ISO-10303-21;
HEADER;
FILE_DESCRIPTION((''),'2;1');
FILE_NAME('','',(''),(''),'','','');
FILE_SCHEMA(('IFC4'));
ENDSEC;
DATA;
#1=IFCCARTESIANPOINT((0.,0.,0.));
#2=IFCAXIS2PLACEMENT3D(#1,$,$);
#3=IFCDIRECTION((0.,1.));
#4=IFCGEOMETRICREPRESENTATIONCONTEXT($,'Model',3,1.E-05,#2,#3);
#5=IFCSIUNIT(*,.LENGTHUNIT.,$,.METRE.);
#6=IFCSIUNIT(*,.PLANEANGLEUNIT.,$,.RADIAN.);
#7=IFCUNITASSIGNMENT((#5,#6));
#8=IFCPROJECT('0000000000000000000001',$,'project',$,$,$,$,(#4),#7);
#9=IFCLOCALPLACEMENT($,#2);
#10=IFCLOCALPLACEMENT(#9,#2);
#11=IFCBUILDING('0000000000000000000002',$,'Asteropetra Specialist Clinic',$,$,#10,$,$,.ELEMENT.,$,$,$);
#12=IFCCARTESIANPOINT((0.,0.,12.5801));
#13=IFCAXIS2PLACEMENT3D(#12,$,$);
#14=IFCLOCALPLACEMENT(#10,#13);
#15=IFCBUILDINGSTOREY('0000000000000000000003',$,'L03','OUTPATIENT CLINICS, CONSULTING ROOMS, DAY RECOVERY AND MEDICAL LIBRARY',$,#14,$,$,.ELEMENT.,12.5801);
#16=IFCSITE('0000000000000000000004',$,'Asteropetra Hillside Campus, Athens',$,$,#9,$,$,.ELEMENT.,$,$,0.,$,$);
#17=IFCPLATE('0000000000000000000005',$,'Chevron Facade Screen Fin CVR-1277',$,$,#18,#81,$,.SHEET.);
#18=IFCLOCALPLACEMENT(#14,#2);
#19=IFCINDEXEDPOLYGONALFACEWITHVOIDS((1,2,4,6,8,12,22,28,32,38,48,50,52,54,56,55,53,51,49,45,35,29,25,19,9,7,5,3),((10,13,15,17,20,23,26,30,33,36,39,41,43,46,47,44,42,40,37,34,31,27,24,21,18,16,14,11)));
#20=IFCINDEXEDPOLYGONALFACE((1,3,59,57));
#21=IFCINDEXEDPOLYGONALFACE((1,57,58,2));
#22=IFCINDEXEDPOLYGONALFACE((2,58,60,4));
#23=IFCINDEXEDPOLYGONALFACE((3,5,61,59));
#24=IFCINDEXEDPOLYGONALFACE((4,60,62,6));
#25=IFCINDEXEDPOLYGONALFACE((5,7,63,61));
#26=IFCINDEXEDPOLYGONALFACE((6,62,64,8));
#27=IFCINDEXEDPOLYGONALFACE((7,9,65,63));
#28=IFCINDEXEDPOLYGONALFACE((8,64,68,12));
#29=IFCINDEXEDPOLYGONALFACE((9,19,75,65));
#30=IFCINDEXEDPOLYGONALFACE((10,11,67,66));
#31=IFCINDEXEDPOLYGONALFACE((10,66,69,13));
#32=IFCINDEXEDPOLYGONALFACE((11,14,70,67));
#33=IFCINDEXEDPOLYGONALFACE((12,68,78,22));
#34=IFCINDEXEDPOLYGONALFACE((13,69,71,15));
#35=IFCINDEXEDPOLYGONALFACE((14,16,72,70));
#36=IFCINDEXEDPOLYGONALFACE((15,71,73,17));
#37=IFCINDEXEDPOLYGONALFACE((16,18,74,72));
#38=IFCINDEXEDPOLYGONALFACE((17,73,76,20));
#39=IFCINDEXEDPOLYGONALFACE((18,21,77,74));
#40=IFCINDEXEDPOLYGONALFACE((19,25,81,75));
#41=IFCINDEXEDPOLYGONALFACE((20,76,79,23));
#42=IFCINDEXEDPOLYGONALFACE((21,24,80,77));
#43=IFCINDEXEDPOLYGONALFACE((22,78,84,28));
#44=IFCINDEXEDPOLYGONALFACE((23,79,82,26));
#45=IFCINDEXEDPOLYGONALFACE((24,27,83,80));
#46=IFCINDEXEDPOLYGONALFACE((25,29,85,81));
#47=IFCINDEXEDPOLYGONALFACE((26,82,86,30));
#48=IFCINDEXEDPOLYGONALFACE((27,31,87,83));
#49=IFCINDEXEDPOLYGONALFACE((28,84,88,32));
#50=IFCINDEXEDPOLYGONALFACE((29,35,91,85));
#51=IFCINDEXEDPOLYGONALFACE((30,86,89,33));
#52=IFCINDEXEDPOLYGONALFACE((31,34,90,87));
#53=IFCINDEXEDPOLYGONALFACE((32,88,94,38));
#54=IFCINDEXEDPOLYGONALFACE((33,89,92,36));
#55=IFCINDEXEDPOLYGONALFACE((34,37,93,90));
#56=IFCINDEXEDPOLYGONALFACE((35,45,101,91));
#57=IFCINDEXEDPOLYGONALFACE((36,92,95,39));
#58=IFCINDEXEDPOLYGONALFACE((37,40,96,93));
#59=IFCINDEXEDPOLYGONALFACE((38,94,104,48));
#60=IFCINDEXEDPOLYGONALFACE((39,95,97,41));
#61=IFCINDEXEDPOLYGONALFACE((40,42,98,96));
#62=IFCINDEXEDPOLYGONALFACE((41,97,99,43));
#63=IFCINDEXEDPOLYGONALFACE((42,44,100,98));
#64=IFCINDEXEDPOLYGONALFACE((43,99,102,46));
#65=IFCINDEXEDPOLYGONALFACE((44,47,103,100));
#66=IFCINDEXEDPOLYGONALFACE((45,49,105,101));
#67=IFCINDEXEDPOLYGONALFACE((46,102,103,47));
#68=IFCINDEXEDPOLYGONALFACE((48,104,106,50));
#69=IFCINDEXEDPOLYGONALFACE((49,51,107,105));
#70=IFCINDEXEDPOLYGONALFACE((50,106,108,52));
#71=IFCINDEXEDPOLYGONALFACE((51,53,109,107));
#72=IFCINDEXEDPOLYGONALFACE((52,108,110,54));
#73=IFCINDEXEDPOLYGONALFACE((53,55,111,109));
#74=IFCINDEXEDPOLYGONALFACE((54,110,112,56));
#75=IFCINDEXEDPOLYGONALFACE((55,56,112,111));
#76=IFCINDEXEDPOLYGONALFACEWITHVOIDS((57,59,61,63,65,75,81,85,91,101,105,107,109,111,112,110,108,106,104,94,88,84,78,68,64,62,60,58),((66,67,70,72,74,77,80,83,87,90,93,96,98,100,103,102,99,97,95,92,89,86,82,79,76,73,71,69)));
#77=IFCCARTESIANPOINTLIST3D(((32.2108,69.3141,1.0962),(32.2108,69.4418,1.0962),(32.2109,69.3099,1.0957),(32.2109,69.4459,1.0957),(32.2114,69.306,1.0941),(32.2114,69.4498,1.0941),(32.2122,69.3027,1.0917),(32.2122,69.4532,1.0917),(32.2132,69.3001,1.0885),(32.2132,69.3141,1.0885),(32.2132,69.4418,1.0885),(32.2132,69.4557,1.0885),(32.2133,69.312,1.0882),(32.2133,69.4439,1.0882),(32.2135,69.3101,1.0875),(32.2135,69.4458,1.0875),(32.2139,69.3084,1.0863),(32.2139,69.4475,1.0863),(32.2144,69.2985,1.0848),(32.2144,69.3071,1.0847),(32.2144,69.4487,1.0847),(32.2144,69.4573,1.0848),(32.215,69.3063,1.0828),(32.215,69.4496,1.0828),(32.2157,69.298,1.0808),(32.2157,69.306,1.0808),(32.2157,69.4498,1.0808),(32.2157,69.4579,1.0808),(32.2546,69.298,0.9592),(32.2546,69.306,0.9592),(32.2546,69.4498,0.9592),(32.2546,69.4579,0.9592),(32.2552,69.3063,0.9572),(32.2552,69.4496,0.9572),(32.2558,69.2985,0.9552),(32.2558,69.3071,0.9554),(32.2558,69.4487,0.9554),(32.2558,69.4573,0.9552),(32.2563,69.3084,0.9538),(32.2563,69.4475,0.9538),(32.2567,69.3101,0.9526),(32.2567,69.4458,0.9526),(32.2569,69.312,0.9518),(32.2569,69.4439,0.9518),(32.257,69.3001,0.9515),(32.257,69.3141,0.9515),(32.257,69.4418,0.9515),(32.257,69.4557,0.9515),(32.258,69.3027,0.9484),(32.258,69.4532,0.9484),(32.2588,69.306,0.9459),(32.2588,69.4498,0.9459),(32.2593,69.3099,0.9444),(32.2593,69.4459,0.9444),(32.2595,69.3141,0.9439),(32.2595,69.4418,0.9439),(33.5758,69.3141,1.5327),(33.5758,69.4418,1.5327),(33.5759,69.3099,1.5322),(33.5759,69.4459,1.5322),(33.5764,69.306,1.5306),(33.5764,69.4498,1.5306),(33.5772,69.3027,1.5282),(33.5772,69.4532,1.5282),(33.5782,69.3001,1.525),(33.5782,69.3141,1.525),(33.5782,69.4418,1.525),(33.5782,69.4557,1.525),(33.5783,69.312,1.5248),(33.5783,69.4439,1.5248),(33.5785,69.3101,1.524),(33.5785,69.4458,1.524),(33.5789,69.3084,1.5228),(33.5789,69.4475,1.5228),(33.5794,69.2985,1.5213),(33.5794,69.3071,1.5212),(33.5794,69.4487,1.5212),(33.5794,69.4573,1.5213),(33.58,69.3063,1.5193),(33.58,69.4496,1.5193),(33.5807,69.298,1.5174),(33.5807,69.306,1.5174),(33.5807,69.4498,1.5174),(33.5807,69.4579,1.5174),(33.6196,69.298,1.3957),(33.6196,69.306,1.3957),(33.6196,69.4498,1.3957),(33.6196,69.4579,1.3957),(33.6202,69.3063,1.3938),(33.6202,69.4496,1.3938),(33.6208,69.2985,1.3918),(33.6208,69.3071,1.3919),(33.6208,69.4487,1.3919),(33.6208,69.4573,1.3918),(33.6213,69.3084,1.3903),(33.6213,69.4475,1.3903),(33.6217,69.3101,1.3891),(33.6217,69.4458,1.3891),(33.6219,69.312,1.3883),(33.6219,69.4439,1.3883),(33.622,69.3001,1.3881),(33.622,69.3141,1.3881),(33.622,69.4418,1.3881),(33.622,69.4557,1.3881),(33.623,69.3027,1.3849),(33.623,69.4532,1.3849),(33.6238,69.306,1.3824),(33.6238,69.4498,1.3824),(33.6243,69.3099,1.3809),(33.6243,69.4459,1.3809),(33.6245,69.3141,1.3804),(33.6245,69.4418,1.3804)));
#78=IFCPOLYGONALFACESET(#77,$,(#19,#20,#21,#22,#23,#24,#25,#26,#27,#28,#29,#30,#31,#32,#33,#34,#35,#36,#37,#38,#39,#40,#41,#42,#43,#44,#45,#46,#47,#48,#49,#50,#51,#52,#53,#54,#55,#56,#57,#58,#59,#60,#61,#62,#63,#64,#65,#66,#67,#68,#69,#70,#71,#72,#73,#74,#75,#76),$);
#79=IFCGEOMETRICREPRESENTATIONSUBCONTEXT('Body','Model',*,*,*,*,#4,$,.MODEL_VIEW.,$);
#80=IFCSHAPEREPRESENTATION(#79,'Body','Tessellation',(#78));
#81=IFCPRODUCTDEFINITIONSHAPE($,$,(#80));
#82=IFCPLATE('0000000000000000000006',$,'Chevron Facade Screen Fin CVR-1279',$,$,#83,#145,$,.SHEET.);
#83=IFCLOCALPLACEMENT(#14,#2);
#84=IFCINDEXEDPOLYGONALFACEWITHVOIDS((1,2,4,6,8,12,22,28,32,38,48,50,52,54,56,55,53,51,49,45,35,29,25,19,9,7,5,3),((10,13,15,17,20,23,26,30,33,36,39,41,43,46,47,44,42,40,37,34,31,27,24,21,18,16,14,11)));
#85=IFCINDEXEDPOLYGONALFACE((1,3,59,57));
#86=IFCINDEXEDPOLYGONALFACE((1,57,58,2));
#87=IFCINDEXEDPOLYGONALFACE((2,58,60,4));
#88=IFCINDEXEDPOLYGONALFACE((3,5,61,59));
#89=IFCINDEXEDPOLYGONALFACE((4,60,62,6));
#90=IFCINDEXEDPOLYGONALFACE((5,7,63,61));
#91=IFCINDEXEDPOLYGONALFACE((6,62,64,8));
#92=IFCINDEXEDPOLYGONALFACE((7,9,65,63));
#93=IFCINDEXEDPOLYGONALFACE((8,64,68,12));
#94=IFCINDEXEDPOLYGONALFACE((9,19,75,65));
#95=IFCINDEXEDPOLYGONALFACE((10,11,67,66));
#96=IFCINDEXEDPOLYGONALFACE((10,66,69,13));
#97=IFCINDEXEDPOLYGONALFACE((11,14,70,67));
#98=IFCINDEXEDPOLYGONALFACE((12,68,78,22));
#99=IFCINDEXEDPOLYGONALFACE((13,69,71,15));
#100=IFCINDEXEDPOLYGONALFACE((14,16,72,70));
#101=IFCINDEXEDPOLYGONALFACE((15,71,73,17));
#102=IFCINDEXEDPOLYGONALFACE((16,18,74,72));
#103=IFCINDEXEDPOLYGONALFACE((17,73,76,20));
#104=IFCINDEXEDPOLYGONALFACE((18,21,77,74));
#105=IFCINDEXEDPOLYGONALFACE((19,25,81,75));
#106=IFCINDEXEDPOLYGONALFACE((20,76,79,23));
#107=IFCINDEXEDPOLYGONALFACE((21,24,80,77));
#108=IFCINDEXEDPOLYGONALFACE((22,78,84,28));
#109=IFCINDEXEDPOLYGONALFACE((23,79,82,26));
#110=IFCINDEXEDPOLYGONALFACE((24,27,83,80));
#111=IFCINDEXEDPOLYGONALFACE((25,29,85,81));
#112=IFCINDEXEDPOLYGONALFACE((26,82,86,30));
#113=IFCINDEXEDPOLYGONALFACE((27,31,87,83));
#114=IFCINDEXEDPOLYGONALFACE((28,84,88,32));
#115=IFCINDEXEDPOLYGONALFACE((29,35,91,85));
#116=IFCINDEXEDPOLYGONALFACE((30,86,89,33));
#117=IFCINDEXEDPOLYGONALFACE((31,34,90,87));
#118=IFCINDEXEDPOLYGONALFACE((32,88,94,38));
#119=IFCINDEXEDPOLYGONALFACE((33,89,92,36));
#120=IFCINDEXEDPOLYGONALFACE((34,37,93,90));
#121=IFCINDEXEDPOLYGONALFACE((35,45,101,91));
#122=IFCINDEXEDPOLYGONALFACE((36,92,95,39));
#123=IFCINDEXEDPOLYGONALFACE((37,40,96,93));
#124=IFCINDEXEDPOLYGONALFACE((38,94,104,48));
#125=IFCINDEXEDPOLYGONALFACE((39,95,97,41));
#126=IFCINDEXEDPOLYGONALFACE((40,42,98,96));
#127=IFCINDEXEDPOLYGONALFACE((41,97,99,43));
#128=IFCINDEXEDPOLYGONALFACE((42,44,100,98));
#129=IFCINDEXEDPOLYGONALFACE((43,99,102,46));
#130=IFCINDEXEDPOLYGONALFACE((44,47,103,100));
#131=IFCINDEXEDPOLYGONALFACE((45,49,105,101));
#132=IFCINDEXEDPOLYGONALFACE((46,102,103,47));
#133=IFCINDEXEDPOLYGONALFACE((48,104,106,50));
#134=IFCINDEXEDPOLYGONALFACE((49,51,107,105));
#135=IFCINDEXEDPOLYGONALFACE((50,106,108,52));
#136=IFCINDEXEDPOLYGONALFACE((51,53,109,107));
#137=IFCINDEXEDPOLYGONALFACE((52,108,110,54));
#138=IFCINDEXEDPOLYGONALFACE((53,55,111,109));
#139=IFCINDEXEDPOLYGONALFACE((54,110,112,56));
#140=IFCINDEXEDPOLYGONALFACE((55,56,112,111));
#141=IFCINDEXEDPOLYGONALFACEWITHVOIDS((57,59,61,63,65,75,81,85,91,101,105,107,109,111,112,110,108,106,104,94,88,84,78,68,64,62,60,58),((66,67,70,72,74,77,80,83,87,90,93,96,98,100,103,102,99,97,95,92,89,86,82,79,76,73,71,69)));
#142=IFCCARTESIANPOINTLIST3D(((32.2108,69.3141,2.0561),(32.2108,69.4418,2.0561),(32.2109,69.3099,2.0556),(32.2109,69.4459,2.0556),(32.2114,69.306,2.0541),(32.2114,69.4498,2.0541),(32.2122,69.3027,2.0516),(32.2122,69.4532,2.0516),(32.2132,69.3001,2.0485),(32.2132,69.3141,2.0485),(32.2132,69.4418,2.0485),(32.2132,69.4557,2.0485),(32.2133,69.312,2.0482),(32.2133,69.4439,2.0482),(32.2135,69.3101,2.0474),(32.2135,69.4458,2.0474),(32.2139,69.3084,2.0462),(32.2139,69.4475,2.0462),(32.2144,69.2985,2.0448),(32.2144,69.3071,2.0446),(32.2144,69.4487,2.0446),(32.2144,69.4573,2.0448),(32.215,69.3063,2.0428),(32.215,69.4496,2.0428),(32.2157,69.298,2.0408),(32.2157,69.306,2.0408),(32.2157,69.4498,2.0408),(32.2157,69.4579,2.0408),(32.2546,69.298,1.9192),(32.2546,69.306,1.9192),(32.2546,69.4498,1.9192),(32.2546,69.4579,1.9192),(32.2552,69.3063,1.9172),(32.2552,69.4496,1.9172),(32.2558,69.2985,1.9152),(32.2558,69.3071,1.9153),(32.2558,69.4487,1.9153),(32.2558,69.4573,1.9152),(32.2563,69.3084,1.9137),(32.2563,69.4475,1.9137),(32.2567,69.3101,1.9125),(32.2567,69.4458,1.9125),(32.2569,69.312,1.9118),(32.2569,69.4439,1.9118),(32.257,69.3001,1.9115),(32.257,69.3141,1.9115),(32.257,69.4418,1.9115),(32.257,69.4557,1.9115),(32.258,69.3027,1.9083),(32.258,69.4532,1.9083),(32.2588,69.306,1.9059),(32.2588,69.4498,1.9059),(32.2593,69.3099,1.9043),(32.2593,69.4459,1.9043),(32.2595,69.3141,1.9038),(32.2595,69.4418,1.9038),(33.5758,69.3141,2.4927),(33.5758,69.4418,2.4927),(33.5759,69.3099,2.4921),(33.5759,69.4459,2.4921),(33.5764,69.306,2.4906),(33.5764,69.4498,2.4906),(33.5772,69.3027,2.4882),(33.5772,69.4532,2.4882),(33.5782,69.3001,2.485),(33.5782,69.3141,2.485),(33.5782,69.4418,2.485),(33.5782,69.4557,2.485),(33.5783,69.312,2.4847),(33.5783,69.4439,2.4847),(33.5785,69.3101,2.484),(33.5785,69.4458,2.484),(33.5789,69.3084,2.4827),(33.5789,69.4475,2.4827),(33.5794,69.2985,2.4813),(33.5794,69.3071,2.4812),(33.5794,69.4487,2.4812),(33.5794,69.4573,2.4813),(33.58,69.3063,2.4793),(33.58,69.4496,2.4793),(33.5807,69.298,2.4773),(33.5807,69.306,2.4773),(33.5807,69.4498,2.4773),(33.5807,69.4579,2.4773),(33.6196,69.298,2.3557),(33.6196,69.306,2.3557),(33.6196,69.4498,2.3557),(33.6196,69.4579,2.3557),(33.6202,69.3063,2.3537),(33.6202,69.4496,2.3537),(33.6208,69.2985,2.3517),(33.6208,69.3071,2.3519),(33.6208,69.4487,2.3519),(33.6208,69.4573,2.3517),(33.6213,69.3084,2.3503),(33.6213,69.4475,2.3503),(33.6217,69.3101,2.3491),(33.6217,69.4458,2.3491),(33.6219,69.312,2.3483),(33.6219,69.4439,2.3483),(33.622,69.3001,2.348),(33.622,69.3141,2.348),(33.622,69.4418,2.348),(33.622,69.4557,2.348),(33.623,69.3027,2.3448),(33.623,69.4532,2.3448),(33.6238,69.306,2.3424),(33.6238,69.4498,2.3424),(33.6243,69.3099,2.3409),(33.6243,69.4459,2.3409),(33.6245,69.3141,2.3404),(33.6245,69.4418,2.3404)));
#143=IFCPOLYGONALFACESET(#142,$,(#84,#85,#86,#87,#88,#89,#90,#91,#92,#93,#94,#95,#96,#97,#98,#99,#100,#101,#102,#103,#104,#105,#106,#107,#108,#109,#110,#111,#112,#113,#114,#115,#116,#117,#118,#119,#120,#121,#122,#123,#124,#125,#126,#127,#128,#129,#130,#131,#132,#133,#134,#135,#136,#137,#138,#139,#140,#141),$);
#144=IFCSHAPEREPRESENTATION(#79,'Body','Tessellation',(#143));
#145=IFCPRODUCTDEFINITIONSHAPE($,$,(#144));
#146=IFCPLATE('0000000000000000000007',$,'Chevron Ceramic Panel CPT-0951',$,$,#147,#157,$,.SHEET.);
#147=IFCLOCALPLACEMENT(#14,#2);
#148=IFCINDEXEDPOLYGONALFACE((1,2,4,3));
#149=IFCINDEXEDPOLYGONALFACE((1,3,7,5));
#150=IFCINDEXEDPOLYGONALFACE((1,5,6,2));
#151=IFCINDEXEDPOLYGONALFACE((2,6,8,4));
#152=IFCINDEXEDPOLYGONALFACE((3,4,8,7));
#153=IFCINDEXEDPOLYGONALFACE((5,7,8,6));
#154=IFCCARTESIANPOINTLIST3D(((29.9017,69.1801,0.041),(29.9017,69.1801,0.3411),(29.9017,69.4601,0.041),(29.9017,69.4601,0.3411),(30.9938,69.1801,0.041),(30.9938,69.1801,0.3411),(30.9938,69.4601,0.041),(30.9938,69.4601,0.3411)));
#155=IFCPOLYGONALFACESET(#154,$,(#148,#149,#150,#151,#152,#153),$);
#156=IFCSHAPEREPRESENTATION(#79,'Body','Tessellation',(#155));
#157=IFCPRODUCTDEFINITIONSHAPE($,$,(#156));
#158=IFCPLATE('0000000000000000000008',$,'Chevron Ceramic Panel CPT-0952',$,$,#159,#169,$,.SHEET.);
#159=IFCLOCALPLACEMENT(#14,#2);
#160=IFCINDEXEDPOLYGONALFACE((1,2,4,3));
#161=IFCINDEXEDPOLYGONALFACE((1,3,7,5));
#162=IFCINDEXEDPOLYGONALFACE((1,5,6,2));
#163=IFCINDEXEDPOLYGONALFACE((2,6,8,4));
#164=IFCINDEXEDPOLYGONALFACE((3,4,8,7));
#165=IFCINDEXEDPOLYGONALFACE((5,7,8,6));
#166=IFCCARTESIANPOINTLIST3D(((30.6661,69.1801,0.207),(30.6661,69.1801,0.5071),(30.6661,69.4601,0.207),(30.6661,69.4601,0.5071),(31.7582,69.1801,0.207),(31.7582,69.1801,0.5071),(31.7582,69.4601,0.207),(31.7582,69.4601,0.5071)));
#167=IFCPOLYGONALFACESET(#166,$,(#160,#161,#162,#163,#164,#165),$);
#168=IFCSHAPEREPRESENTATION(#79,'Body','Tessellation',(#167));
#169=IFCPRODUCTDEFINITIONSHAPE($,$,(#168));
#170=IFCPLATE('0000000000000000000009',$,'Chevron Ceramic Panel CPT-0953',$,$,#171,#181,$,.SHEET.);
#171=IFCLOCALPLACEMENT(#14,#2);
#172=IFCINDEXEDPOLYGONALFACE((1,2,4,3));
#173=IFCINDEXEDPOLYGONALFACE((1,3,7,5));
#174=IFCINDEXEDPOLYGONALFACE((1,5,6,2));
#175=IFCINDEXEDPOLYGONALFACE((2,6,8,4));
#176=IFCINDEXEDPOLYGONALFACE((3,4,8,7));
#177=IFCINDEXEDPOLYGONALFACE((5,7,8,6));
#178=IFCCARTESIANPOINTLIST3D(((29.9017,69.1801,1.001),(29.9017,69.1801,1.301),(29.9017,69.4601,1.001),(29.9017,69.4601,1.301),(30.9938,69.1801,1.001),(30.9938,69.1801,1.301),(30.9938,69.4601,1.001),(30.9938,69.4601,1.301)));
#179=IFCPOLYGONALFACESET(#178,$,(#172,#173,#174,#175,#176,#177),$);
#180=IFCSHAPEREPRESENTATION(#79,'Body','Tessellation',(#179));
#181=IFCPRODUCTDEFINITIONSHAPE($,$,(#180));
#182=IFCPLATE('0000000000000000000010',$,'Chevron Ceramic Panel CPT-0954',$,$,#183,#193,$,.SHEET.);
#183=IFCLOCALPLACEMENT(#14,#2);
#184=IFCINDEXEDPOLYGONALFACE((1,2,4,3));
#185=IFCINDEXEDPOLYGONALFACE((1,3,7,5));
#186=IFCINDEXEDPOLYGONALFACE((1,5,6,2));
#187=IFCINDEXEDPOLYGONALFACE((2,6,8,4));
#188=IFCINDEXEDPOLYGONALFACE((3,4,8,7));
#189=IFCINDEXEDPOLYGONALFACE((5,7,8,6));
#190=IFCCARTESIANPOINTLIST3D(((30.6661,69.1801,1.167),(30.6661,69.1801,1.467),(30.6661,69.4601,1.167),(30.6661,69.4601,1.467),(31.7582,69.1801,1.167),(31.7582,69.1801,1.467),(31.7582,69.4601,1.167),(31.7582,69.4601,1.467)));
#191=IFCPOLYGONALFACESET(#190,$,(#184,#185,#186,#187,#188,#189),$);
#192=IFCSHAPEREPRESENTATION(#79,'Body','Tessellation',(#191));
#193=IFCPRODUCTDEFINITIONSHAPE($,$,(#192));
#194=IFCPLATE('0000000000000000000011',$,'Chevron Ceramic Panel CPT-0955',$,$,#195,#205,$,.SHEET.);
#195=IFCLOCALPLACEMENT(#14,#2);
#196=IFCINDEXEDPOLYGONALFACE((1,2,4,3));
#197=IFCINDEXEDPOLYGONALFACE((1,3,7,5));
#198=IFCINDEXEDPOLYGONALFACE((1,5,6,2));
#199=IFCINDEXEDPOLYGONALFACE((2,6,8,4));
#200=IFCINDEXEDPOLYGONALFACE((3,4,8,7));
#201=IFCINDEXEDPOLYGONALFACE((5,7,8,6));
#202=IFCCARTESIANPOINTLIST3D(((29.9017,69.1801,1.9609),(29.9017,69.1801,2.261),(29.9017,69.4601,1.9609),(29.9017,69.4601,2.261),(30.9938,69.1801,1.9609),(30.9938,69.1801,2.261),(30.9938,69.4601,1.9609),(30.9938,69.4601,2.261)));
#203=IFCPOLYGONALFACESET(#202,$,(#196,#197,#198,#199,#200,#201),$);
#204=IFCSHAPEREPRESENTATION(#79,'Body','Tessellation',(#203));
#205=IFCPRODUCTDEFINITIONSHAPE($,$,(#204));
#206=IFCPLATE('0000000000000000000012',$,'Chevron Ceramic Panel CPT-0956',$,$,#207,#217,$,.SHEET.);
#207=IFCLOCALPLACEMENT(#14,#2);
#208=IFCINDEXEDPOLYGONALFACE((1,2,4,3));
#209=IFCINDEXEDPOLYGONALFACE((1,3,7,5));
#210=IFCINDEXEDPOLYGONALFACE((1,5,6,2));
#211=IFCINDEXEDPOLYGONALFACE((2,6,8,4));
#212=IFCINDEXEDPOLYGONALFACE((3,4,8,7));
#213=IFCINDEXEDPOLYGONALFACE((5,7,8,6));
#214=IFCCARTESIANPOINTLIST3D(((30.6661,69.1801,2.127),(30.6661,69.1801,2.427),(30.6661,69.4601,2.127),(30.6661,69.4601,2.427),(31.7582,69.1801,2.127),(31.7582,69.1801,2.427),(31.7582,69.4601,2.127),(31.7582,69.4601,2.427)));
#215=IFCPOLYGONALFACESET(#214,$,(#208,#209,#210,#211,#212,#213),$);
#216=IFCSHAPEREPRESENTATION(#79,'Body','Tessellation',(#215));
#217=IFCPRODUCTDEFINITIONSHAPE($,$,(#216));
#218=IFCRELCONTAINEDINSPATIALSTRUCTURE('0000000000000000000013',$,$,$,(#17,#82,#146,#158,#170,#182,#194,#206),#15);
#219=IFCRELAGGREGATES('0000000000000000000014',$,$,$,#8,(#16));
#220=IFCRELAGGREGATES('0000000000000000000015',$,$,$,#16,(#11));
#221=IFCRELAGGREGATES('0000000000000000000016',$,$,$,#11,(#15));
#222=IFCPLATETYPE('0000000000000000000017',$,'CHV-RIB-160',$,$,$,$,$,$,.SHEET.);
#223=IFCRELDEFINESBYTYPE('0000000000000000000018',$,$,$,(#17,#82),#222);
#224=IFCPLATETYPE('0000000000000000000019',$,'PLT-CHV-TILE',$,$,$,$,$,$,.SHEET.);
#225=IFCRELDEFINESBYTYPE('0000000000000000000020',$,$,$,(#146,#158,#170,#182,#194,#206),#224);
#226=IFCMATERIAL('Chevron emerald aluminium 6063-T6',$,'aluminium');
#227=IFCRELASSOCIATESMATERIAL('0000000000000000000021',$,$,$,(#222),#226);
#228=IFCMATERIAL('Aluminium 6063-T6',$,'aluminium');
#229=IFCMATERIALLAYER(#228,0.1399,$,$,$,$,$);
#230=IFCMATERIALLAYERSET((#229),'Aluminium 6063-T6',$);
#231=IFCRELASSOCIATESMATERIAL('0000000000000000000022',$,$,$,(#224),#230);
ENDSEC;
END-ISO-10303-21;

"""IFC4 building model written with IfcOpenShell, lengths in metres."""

from ifc_helpers import new_model, si_unit, direction, frame, origin, origin_2d, place, context, subcontext, project, spatial, rectangle, hollow_rectangle, extrude, material, layer, layer_set, material_profile, profile_set, type_object, element, save


model = new_model("IFC4")

# Units and contexts
model_context = context("Model", 3, precision=1e-05, world=origin(), true_north=direction((0.0, 1.0)))
body_context = subcontext(model_context, "Body", "Model", "MODEL_VIEW")
ifc_project = project(units=[si_unit("LENGTHUNIT", "METRE"), si_unit("PLANEANGLEUNIT", "RADIAN")], contexts=[model_context])

# Site, building, storey
site_placement = place(None, origin())
site = spatial("IfcSite", under=ifc_project, at=site_placement, Name="Asteropetra Hillside Campus, Athens", CompositionType="ELEMENT", RefElevation=0.0)
building_placement = place(site_placement, origin())
building = spatial("IfcBuilding", under=site, at=building_placement, Name="Asteropetra Specialist Clinic", CompositionType="ELEMENT")
storey_placement = place(building_placement, frame((0.0, 0.0, 12.5801)))
storey = spatial("IfcBuildingStorey", under=building, at=storey_placement, Name="L03", Description="OUTPATIENT CLINICS, CONSULTING ROOMS, DAY RECOVERY AND MEDICAL LIBRARY", CompositionType="ELEMENT", Elevation=12.5801)

# Plates
ifc_material_1 = material(Name="Chevron emerald aluminium 6063-T6", Category="aluminium")
ifc_material_profile_1 = material_profile(ifc_material_1, hollow_rectangle(XDim=0.1599, YDim=0.1599, WallThickness=0.0081, InnerFilletRadius=0.0081, OuterFilletRadius=0.0161, at=origin_2d()), Name="SHS 160x160x8.0")
ifc_profile_set_1 = profile_set([ifc_material_profile_1], Name="Chevron emerald aluminium 6063-T6")
plate_type_1 = type_object("IfcPlateType", Name="CHV-RIB-160", PredefinedType="SHEET", material=ifc_profile_set_1)
for number, where, z_axis, x_axis, name in (
    (1, (32.2351, 69.3779, 1.02), (0.95248, 0.0, 0.304603), (0.0, 1.0, 0.0), "Chevron Facade Screen Fin CVR-1277"),
    (2, (32.2351, 69.3779, 1.98), (0.95248, 0.0, 0.304603), (0.0, 1.0, 0.0), "Chevron Facade Screen Fin CVR-1279"),
):
    element("IfcPlate", number, at=place(storey_placement, frame(where, z_axis=z_axis, x_axis=x_axis)), inside=storey, type_object=plate_type_1, Name=name, PredefinedType="SHEET", context=body_context, shape_type="SweptSolid", body=[
        extrude(hollow_rectangle(XDim=0.1599, YDim=0.1599, WallThickness=0.0081, InnerFilletRadius=0.0081, OuterFilletRadius=0.0161, at=origin_2d()), origin(), (0.0, 0.0, 1.0), 1.4331),
    ])
ifc_material_2 = material(Name="Aluminium 6063-T6", Category="aluminium")
ifc_layer_1 = layer(ifc_material_2, 0.1399)
ifc_layer_set_1 = layer_set([ifc_layer_1], Name="Aluminium 6063-T6")
plate_type_2 = type_object("IfcPlateType", Name="PLT-CHV-TILE", PredefinedType="SHEET", material=ifc_layer_set_1)
for number, where, z_axis, x_axis, name in (
    (3, (30.4478, 69.3201, 0.041), (0.0, 0.0, 1.0), (1.0, 0.0, 0.0), "Chevron Ceramic Panel CPT-0951"),
    (4, (31.2122, 69.3201, 0.207), (0.0, 0.0, 1.0), (1.0, 0.0, 0.0), "Chevron Ceramic Panel CPT-0952"),
    (5, (30.4478, 69.3201, 1.001), (0.0, 0.0, 1.0), (1.0, 0.0, 0.0), "Chevron Ceramic Panel CPT-0953"),
    (6, (31.2122, 69.3201, 1.167), (0.0, 0.0, 1.0), (1.0, 0.0, 0.0), "Chevron Ceramic Panel CPT-0954"),
    (7, (30.4478, 69.3201, 1.9609), (0.0, 0.0, 1.0), (1.0, 0.0, 0.0), "Chevron Ceramic Panel CPT-0955"),
    (8, (31.2122, 69.3201, 2.127), (0.0, 0.0, 1.0), (1.0, 0.0, 0.0), "Chevron Ceramic Panel CPT-0956"),
):
    element("IfcPlate", number, at=place(storey_placement, frame(where, z_axis=z_axis, x_axis=x_axis)), inside=storey, type_object=plate_type_2, Name=name, PredefinedType="SHEET", context=body_context, shape_type="SweptSolid", body=[
        extrude(rectangle(XDim=1.092, YDim=0.28, at=origin_2d()), origin(), (0.0, 0.0, 1.0), 0.3),
    ])

save(model, "model.ifc")
